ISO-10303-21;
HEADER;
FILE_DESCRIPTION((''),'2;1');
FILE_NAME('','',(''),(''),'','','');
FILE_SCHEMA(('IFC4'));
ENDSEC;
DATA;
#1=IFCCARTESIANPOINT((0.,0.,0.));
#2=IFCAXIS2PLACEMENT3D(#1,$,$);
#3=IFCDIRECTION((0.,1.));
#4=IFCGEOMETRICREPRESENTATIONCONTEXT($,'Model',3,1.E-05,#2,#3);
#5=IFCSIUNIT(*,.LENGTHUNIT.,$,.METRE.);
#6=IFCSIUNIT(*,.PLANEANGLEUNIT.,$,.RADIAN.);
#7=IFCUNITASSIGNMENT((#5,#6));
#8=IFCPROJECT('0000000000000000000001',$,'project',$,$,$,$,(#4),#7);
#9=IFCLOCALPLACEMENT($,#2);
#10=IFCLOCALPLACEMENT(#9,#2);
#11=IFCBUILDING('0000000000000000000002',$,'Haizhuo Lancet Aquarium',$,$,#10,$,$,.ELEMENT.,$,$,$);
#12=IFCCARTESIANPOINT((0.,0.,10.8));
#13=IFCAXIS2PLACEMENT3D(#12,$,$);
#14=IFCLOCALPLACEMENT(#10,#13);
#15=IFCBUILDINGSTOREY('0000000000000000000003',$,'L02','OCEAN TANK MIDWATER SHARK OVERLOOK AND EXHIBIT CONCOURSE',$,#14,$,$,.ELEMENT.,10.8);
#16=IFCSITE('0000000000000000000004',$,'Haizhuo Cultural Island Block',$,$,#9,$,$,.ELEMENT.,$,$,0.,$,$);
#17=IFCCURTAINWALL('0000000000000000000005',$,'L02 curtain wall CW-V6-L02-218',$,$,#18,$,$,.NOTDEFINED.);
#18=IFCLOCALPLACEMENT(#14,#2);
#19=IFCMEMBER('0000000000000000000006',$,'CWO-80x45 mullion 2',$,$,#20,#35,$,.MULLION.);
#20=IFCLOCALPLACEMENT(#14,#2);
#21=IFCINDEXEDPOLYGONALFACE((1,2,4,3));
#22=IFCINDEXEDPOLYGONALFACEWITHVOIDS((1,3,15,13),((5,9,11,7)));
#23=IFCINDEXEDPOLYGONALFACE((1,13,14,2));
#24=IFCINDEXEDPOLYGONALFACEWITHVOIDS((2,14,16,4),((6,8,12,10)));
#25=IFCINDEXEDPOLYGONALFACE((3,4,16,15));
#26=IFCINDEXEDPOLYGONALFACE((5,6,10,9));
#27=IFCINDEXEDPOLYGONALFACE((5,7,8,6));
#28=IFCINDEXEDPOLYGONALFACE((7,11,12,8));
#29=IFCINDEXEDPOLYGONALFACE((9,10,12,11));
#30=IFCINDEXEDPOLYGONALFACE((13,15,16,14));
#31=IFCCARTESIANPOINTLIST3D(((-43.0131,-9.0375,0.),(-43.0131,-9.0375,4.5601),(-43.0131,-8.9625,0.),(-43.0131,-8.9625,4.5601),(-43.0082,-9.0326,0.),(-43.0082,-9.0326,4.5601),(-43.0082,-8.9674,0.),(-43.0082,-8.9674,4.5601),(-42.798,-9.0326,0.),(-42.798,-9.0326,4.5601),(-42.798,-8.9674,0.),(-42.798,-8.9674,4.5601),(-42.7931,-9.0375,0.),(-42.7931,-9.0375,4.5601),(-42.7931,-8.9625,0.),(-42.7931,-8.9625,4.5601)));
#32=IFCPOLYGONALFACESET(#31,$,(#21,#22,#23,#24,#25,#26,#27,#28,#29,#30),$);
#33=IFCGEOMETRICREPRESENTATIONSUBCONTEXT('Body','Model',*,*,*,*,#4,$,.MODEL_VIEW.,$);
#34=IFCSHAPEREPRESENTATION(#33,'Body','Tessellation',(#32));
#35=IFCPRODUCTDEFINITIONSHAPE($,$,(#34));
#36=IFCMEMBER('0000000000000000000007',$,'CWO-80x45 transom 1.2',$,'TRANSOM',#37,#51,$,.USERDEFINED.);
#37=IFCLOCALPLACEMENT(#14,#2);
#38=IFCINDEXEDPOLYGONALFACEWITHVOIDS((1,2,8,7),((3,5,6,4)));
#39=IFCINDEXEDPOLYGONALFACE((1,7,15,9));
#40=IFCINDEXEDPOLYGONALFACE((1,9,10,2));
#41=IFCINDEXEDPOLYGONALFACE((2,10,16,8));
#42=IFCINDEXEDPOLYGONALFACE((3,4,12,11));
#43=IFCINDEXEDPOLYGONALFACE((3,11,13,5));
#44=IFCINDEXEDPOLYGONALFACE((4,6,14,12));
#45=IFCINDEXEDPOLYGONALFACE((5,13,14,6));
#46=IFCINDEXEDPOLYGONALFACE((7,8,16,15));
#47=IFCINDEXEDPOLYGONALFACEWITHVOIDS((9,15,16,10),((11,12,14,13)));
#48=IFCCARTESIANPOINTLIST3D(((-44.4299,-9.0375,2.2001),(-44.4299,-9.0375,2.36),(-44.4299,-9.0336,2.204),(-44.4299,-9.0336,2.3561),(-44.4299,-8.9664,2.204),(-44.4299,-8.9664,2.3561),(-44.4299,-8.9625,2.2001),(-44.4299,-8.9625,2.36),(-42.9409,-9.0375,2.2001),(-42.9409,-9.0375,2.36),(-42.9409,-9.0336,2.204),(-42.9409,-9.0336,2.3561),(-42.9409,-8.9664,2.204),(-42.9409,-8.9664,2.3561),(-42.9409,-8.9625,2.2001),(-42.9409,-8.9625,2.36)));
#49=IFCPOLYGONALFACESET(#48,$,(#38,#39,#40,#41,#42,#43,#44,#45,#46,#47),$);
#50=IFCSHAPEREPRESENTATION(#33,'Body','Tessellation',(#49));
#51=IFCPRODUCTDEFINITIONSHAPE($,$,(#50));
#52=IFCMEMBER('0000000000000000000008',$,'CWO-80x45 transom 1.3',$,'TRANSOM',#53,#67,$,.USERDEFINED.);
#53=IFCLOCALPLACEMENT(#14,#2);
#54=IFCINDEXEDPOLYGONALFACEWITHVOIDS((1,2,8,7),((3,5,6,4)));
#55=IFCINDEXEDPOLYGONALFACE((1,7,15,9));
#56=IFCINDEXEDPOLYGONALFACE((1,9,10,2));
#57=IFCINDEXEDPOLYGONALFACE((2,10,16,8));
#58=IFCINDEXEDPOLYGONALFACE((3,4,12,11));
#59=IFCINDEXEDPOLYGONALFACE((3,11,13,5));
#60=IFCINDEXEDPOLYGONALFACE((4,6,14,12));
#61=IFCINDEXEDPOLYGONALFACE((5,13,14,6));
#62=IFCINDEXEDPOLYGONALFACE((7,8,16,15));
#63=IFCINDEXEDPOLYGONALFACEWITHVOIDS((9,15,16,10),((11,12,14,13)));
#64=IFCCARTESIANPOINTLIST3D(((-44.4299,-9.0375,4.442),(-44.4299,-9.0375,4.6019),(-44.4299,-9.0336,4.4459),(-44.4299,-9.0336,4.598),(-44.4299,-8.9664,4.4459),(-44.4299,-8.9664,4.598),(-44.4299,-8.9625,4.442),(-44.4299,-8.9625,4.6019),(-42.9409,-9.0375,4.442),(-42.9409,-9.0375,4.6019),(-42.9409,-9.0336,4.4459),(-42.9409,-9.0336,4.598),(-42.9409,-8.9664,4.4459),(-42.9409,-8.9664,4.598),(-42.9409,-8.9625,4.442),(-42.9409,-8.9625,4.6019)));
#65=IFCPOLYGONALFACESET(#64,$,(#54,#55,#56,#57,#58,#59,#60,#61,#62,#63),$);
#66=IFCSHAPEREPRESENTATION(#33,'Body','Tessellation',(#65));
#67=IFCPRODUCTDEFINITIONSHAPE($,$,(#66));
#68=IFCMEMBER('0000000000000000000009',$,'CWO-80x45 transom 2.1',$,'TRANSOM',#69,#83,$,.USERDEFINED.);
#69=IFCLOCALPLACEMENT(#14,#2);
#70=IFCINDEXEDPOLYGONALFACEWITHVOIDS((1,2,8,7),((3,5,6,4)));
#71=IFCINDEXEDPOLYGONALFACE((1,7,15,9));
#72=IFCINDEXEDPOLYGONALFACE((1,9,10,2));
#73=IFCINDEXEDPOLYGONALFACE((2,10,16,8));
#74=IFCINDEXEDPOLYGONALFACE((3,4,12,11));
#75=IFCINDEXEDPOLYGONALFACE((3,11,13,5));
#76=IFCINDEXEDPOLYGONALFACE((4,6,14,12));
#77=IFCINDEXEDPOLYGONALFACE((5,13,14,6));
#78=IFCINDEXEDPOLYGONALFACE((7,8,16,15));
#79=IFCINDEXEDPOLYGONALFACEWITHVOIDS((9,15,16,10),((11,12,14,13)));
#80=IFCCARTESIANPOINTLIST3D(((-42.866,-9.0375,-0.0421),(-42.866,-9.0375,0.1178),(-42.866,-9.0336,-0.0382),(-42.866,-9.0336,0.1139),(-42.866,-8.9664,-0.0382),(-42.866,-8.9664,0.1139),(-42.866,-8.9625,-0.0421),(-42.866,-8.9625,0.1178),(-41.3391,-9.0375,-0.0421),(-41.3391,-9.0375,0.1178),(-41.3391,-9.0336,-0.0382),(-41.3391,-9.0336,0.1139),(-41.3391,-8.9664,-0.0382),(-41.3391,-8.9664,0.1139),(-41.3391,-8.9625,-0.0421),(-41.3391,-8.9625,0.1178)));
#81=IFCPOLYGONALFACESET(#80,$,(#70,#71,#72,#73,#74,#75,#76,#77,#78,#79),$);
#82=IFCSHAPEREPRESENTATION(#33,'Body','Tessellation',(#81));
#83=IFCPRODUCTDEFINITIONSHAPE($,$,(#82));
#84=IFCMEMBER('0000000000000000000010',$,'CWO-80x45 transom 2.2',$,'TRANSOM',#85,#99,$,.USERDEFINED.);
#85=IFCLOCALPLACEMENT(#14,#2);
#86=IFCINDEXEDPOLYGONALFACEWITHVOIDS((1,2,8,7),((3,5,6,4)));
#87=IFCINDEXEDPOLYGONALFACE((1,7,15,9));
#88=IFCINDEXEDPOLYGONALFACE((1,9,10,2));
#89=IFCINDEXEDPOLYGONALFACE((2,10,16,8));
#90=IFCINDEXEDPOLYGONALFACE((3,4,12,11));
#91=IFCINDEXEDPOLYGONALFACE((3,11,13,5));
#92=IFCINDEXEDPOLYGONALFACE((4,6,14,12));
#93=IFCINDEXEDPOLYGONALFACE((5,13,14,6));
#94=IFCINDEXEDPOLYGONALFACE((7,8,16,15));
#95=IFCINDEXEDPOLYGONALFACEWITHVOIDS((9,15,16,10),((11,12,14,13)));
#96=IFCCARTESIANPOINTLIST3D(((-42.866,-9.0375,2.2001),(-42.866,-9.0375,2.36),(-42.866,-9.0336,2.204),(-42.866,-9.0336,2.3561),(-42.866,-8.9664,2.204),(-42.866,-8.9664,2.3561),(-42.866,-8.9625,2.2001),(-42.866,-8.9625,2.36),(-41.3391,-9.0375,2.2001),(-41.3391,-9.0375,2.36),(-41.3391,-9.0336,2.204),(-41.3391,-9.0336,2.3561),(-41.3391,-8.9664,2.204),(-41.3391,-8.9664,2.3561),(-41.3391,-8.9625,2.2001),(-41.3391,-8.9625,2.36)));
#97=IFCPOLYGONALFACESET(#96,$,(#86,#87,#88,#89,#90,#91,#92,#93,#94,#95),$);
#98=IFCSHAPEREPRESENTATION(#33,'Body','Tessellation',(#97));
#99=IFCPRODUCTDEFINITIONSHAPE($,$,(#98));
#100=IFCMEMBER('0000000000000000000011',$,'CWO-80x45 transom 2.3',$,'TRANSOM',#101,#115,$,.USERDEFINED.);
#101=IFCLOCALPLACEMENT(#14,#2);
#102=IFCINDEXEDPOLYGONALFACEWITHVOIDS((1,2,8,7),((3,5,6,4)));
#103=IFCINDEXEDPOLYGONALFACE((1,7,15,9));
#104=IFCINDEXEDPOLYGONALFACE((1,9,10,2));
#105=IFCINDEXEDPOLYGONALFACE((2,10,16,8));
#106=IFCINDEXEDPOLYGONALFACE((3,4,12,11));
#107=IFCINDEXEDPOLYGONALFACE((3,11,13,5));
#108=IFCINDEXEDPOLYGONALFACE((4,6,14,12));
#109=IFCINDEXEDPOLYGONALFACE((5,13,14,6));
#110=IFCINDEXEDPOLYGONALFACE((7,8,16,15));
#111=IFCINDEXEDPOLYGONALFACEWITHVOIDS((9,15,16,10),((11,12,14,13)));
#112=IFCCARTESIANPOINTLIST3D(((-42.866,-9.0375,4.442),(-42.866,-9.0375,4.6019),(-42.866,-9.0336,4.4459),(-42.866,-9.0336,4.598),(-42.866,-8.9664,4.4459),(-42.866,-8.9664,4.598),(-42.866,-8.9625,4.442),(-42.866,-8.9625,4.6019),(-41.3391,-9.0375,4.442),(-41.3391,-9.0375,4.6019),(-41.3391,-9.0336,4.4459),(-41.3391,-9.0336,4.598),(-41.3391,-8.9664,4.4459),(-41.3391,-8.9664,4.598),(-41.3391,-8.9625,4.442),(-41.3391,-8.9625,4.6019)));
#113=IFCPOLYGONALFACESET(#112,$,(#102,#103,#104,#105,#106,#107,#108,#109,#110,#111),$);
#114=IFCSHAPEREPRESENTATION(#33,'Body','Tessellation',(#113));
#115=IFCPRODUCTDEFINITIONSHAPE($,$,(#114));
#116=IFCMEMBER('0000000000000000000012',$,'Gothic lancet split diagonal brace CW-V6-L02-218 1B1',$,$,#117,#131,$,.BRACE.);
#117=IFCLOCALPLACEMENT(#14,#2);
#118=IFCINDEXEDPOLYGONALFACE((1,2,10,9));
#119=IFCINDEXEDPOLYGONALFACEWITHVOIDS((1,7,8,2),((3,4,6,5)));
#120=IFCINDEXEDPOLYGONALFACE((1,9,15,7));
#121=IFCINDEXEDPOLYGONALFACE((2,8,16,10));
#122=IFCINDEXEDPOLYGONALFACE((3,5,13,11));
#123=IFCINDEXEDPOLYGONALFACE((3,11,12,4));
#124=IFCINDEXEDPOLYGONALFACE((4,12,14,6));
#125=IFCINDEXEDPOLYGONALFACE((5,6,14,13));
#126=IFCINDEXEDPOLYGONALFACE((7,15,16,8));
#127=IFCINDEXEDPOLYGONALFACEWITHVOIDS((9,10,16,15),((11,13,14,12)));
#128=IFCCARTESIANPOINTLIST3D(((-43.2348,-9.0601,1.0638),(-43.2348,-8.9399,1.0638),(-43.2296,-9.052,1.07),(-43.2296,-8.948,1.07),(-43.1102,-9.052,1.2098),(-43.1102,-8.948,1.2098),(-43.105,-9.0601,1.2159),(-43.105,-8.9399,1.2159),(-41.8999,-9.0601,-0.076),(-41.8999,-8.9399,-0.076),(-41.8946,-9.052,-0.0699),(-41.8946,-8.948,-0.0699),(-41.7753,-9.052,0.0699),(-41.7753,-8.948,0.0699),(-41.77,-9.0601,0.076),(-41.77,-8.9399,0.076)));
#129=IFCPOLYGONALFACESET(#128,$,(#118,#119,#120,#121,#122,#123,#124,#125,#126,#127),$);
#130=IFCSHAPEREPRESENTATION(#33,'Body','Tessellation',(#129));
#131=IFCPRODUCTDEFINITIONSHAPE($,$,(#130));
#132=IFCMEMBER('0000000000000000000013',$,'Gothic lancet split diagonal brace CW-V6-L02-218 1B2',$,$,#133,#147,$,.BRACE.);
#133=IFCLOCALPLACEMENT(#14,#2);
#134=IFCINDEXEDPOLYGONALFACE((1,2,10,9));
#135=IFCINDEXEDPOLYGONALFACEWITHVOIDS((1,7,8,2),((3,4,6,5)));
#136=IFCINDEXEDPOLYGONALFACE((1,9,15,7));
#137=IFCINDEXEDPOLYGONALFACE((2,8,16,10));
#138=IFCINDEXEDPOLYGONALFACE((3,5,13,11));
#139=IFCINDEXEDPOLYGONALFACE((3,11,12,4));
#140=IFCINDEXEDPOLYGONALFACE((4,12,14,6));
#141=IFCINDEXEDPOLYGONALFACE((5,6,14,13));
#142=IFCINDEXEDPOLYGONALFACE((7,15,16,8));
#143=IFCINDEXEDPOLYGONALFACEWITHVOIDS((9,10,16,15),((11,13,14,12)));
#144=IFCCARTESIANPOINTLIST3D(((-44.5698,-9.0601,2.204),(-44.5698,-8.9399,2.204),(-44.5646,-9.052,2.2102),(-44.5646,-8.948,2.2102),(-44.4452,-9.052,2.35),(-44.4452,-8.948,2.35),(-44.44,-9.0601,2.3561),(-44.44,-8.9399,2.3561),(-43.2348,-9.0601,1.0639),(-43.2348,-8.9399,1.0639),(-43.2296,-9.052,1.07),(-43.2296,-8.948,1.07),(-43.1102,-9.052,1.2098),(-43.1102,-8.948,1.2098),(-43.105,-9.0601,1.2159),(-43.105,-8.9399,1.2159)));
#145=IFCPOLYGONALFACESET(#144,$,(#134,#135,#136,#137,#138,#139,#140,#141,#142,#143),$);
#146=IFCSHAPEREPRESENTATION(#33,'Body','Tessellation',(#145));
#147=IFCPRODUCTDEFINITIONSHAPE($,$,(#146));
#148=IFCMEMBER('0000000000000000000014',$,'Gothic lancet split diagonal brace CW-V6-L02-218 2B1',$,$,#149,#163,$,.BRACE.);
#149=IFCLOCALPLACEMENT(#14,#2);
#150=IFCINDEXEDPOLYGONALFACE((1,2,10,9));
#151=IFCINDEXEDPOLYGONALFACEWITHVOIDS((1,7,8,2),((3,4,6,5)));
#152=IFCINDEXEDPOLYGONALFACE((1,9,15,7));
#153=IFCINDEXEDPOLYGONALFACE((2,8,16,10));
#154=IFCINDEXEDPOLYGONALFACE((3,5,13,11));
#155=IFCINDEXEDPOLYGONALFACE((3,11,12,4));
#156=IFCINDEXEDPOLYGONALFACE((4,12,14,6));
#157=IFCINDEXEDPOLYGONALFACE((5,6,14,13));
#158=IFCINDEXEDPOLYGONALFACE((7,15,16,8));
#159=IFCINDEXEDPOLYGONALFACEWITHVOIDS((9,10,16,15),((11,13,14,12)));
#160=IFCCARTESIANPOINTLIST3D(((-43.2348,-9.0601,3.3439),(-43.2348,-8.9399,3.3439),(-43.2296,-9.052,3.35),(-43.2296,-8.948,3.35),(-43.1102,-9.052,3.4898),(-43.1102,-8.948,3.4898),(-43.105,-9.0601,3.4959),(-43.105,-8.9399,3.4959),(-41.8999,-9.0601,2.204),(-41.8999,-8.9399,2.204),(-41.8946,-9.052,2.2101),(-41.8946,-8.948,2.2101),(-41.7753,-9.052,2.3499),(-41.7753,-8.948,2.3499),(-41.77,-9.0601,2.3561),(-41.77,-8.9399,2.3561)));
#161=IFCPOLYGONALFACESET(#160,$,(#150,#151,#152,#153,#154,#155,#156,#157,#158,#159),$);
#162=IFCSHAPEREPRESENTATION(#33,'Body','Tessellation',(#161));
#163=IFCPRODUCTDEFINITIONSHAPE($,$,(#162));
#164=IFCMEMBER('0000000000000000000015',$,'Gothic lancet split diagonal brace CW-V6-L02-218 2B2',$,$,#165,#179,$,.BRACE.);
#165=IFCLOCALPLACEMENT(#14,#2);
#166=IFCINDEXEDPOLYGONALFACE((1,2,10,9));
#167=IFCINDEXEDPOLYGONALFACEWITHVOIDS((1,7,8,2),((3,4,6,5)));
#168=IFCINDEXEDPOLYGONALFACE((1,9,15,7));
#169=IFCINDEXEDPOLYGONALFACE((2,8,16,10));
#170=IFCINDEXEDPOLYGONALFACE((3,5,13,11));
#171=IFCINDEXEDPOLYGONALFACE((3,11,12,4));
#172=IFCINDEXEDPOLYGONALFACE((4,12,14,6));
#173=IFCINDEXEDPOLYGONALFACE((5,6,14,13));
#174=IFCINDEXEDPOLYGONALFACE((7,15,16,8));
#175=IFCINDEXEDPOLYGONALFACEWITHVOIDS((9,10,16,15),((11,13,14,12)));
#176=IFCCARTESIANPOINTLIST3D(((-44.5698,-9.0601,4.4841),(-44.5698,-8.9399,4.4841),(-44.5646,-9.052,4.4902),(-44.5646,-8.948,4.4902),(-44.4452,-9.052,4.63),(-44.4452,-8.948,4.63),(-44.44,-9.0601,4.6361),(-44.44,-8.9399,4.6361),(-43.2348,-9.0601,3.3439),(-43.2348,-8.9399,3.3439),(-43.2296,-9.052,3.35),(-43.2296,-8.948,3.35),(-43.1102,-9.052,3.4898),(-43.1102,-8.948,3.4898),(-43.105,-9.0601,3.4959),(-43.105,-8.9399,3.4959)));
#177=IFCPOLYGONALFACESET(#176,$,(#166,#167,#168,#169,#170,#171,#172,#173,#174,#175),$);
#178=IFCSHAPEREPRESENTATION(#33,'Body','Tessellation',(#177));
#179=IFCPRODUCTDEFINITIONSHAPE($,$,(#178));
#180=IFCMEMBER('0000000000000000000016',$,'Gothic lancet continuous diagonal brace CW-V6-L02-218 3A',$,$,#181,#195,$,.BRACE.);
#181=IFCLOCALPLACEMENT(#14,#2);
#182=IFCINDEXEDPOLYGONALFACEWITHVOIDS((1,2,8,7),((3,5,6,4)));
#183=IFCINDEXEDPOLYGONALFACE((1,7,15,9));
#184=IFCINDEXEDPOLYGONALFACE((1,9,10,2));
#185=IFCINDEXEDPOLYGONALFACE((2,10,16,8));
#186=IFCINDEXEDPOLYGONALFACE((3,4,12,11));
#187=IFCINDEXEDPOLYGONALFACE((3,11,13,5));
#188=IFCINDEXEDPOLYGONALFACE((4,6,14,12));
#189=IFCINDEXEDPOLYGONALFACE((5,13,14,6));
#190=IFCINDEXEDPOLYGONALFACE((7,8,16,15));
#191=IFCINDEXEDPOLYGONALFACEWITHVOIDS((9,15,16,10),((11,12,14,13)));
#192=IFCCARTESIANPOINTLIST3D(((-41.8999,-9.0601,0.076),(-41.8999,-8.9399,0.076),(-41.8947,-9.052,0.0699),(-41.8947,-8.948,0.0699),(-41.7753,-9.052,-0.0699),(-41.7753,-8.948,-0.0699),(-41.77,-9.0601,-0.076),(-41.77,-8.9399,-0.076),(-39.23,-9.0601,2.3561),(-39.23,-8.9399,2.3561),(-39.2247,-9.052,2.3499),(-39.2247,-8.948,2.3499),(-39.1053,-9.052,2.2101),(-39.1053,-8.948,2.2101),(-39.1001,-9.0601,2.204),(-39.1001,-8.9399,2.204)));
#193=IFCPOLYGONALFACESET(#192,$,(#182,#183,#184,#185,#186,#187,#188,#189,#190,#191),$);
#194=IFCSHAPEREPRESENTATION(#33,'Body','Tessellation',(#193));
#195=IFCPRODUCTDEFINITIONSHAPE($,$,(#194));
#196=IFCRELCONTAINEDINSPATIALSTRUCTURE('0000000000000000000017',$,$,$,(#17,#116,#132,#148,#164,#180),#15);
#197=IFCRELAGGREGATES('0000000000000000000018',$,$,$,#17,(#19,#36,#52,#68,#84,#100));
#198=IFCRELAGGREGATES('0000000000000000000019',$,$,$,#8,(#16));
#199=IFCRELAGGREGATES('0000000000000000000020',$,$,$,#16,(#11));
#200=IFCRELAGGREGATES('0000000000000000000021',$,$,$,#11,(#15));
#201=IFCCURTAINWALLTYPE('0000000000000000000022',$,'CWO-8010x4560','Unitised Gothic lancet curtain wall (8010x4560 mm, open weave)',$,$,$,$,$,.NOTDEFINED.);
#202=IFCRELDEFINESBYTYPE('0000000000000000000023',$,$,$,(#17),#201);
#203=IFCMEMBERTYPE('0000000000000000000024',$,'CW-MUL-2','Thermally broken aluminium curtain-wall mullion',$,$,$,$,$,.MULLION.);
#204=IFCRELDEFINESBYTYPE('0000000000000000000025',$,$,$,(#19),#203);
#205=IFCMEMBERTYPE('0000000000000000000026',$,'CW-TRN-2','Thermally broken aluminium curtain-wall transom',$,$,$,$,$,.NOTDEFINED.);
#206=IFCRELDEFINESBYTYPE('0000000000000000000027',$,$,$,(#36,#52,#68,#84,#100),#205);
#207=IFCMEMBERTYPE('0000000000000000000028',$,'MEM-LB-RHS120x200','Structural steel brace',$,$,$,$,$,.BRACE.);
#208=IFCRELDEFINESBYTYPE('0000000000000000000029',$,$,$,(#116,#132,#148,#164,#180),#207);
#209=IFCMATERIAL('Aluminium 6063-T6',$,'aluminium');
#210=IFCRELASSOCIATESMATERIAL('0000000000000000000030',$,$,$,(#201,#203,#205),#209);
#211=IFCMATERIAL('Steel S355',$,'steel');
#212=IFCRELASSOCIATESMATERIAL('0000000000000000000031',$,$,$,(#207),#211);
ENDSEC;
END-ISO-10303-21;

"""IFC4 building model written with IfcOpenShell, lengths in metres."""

from ifc_helpers import new_model, si_unit, direction, frame, origin, origin_2d, place, context, subcontext, project, spatial, hollow_rectangle, extrude, material, material_profile, profile_set, type_object, element, aggregate, save


model = new_model("IFC4")

# Units and contexts
model_context = context("Model", 3, precision=1e-05, world=origin(), true_north=direction((0.0, 1.0)))
body_context = subcontext(model_context, "Body", "Model", "MODEL_VIEW")
ifc_project = project(units=[si_unit("LENGTHUNIT", "METRE"), si_unit("PLANEANGLEUNIT", "RADIAN")], contexts=[model_context])

# Site, building, storey
site_placement = place(None, origin())
site = spatial("IfcSite", under=ifc_project, at=site_placement, Name="Haizhuo Cultural Island Block", CompositionType="ELEMENT", RefElevation=0.0)
building_placement = place(site_placement, origin())
building = spatial("IfcBuilding", under=site, at=building_placement, Name="Haizhuo Lancet Aquarium", CompositionType="ELEMENT")
storey_placement = place(building_placement, frame((0.0, 0.0, 10.8)))
storey = spatial("IfcBuildingStorey", under=building, at=storey_placement, Name="L02", Description="OCEAN TANK MIDWATER SHARK OVERLOOK AND EXHIBIT CONCOURSE", CompositionType="ELEMENT", Elevation=10.8)

# Curtain wall, members
ifc_material_1 = material(Name="Aluminium 6063-T6", Category="aluminium")
curtain_wall_type_1 = type_object("IfcCurtainWallType", Name="CWO-8010x4560", Description="Unitised Gothic lancet curtain wall (8010x4560 mm, open weave)", PredefinedType="NOTDEFINED", material=ifc_material_1)
curtain_wall_1_placement = place(storey_placement, origin())
curtain_wall_1 = element("IfcCurtainWall", 1, at=curtain_wall_1_placement, inside=storey, type_object=curtain_wall_type_1, Name="L02 curtain wall CW-V6-L02-218", PredefinedType="NOTDEFINED")
ifc_material_profile_1 = material_profile(ifc_material_1, hollow_rectangle(XDim=0.075, YDim=0.22, WallThickness=0.0049, at=origin_2d()), Name="ALU-M 75x220x5")
ifc_profile_set_1 = profile_set([ifc_material_profile_1], Name="Aluminium 6063-T6")
member_type_1 = type_object("IfcMemberType", Name="CW-MUL-2", Description="Thermally broken aluminium curtain-wall mullion", PredefinedType="MULLION", material=ifc_profile_set_1)
member_1_placement = place(storey_placement, frame((-42.9031, -9.0, 0.0), z_axis=(0.0, 0.0, 1.0), x_axis=(0.0, 1.0, 0.0)))
member_1 = element("IfcMember", 2, at=member_1_placement, type_object=member_type_1, Name="CWO-80x45 mullion 2", PredefinedType="MULLION", context=body_context, shape_type="SweptSolid", body=[
    extrude(hollow_rectangle(XDim=0.075, YDim=0.22, WallThickness=0.0049, at=origin_2d()), origin(), (0.0, 0.0, 1.0), 4.5601),
])
ifc_material_profile_2 = material_profile(ifc_material_1, hollow_rectangle(XDim=0.075, YDim=0.1599, WallThickness=0.0039, at=origin_2d()), Name="ALU-T 75x160x4")
ifc_profile_set_2 = profile_set([ifc_material_profile_2], Name="Aluminium 6063-T6")
member_type_2 = type_object("IfcMemberType", Name="CW-TRN-2", Description="Thermally broken aluminium curtain-wall transom", PredefinedType="NOTDEFINED", material=ifc_profile_set_2)
member_2_placement = place(storey_placement, frame((-44.4299, -9.0, 2.28), z_axis=(1.0, 0.0, 0.0), x_axis=(0.0, 1.0, 0.0)))
member_2 = element("IfcMember", 3, at=member_2_placement, type_object=member_type_2, Name="CWO-80x45 transom 1.2", ObjectType="TRANSOM", PredefinedType="USERDEFINED", context=body_context, shape_type="SweptSolid", body=[
    extrude(hollow_rectangle(XDim=0.075, YDim=0.1599, WallThickness=0.0039, at=origin_2d()), origin(), (0.0, 0.0, 1.0), 1.489),
])
member_3_placement = place(storey_placement, frame((-44.4299, -9.0, 4.522), z_axis=(1.0, 0.0, 0.0), x_axis=(0.0, 1.0, 0.0)))
member_3 = element("IfcMember", 4, at=member_3_placement, type_object=member_type_2, Name="CWO-80x45 transom 1.3", ObjectType="TRANSOM", PredefinedType="USERDEFINED", context=body_context, shape_type="SweptSolid", body=[
    extrude(hollow_rectangle(XDim=0.075, YDim=0.1599, WallThickness=0.0039, at=origin_2d()), origin(), (0.0, 0.0, 1.0), 1.489),
])
member_4_placement = place(storey_placement, frame((-42.866, -9.0, 0.0378), z_axis=(1.0, 0.0, 0.0), x_axis=(0.0, 1.0, 0.0)))
member_4 = element("IfcMember", 5, at=member_4_placement, type_object=member_type_2, Name="CWO-80x45 transom 2.1", ObjectType="TRANSOM", PredefinedType="USERDEFINED", context=body_context, shape_type="SweptSolid", body=[
    extrude(hollow_rectangle(XDim=0.075, YDim=0.1599, WallThickness=0.0039, at=origin_2d()), origin(), (0.0, 0.0, 1.0), 1.5269),
])
member_5_placement = place(storey_placement, frame((-42.866, -9.0, 2.28), z_axis=(1.0, 0.0, 0.0), x_axis=(0.0, 1.0, 0.0)))
member_5 = element("IfcMember", 6, at=member_5_placement, type_object=member_type_2, Name="CWO-80x45 transom 2.2", ObjectType="TRANSOM", PredefinedType="USERDEFINED", context=body_context, shape_type="SweptSolid", body=[
    extrude(hollow_rectangle(XDim=0.075, YDim=0.1599, WallThickness=0.0039, at=origin_2d()), origin(), (0.0, 0.0, 1.0), 1.5269),
])
member_6_placement = place(storey_placement, frame((-42.866, -9.0, 4.522), z_axis=(1.0, 0.0, 0.0), x_axis=(0.0, 1.0, 0.0)))
member_6 = element("IfcMember", 7, at=member_6_placement, type_object=member_type_2, Name="CWO-80x45 transom 2.3", ObjectType="TRANSOM", PredefinedType="USERDEFINED", context=body_context, shape_type="SweptSolid", body=[
    extrude(hollow_rectangle(XDim=0.075, YDim=0.1599, WallThickness=0.0039, at=origin_2d()), origin(), (0.0, 0.0, 1.0), 1.5269),
])

# Members
ifc_material_2 = material(Name="Steel S355", Category="steel")
ifc_material_profile_3 = material_profile(ifc_material_2, hollow_rectangle(XDim=0.1201, YDim=0.2, WallThickness=0.0081, at=origin_2d()), Name="RHS 120x200x8")
ifc_profile_set_3 = profile_set([ifc_material_profile_3], Name="Steel S355")
member_type_3 = type_object("IfcMemberType", Name="MEM-LB-RHS120x200", Description="Structural steel brace", PredefinedType="BRACE", material=ifc_profile_set_3)
member_7_placement = place(storey_placement, frame((-41.835, -9.0, 0.0), z_axis=(-0.760482, 0.0, 0.649359), x_axis=(0.0, -1.0, 0.0)))
element("IfcMember", 8, at=member_7_placement, inside=storey, type_object=member_type_3, Name="Gothic lancet split diagonal brace CW-V6-L02-218 1B1", PredefinedType="BRACE", context=body_context, shape_type="SweptSolid", body=[
    extrude(hollow_rectangle(XDim=0.1201, YDim=0.2, WallThickness=0.0081, at=origin_2d()), origin(), (0.0, 0.0, 1.0), 1.7554),
])
member_8_placement = place(storey_placement, frame((-43.1699, -9.0, 1.1399), z_axis=(-0.760414, 0.0, 0.649439), x_axis=(0.0, -1.0, 0.0)))
element("IfcMember", 9, at=member_8_placement, inside=storey, type_object=member_type_3, Name="Gothic lancet split diagonal brace CW-V6-L02-218 1B2", PredefinedType="BRACE", context=body_context, shape_type="SweptSolid", body=[
    extrude(hollow_rectangle(XDim=0.1201, YDim=0.2, WallThickness=0.0081, at=origin_2d()), origin(), (0.0, 0.0, 1.0), 1.7556),
])
member_9_placement = place(storey_placement, frame((-41.835, -9.0, 2.28), z_axis=(-0.760482, 0.0, 0.649359), x_axis=(0.0, -1.0, 0.0)))
element("IfcMember", 10, at=member_9_placement, inside=storey, type_object=member_type_3, Name="Gothic lancet split diagonal brace CW-V6-L02-218 2B1", PredefinedType="BRACE", context=body_context, shape_type="SweptSolid", body=[
    extrude(hollow_rectangle(XDim=0.1201, YDim=0.2, WallThickness=0.0081, at=origin_2d()), origin(), (0.0, 0.0, 1.0), 1.7554),
])
member_10_placement = place(storey_placement, frame((-43.1699, -9.0, 3.4199), z_axis=(-0.760414, 0.0, 0.649439), x_axis=(0.0, -1.0, 0.0)))
element("IfcMember", 11, at=member_10_placement, inside=storey, type_object=member_type_3, Name="Gothic lancet split diagonal brace CW-V6-L02-218 2B2", PredefinedType="BRACE", context=body_context, shape_type="SweptSolid", body=[
    extrude(hollow_rectangle(XDim=0.1201, YDim=0.2, WallThickness=0.0081, at=origin_2d()), origin(), (0.0, 0.0, 1.0), 1.7556),
])
member_11_placement = place(storey_placement, frame((-41.835, -9.0, 0.0), z_axis=(0.760448, 0.0, 0.649399), x_axis=(0.0, 1.0, 0.0)))
element("IfcMember", 12, at=member_11_placement, inside=storey, type_object=member_type_3, Name="Gothic lancet continuous diagonal brace CW-V6-L02-218 3A", PredefinedType="BRACE", context=body_context, shape_type="SweptSolid", body=[
    extrude(hollow_rectangle(XDim=0.1201, YDim=0.2, WallThickness=0.0081, at=origin_2d()), origin(), (0.0, 0.0, 1.0), 3.511),
])

aggregate(curtain_wall_1, [member_1, member_2, member_3, member_4, member_5, member_6])

save(model, "model.ifc")
